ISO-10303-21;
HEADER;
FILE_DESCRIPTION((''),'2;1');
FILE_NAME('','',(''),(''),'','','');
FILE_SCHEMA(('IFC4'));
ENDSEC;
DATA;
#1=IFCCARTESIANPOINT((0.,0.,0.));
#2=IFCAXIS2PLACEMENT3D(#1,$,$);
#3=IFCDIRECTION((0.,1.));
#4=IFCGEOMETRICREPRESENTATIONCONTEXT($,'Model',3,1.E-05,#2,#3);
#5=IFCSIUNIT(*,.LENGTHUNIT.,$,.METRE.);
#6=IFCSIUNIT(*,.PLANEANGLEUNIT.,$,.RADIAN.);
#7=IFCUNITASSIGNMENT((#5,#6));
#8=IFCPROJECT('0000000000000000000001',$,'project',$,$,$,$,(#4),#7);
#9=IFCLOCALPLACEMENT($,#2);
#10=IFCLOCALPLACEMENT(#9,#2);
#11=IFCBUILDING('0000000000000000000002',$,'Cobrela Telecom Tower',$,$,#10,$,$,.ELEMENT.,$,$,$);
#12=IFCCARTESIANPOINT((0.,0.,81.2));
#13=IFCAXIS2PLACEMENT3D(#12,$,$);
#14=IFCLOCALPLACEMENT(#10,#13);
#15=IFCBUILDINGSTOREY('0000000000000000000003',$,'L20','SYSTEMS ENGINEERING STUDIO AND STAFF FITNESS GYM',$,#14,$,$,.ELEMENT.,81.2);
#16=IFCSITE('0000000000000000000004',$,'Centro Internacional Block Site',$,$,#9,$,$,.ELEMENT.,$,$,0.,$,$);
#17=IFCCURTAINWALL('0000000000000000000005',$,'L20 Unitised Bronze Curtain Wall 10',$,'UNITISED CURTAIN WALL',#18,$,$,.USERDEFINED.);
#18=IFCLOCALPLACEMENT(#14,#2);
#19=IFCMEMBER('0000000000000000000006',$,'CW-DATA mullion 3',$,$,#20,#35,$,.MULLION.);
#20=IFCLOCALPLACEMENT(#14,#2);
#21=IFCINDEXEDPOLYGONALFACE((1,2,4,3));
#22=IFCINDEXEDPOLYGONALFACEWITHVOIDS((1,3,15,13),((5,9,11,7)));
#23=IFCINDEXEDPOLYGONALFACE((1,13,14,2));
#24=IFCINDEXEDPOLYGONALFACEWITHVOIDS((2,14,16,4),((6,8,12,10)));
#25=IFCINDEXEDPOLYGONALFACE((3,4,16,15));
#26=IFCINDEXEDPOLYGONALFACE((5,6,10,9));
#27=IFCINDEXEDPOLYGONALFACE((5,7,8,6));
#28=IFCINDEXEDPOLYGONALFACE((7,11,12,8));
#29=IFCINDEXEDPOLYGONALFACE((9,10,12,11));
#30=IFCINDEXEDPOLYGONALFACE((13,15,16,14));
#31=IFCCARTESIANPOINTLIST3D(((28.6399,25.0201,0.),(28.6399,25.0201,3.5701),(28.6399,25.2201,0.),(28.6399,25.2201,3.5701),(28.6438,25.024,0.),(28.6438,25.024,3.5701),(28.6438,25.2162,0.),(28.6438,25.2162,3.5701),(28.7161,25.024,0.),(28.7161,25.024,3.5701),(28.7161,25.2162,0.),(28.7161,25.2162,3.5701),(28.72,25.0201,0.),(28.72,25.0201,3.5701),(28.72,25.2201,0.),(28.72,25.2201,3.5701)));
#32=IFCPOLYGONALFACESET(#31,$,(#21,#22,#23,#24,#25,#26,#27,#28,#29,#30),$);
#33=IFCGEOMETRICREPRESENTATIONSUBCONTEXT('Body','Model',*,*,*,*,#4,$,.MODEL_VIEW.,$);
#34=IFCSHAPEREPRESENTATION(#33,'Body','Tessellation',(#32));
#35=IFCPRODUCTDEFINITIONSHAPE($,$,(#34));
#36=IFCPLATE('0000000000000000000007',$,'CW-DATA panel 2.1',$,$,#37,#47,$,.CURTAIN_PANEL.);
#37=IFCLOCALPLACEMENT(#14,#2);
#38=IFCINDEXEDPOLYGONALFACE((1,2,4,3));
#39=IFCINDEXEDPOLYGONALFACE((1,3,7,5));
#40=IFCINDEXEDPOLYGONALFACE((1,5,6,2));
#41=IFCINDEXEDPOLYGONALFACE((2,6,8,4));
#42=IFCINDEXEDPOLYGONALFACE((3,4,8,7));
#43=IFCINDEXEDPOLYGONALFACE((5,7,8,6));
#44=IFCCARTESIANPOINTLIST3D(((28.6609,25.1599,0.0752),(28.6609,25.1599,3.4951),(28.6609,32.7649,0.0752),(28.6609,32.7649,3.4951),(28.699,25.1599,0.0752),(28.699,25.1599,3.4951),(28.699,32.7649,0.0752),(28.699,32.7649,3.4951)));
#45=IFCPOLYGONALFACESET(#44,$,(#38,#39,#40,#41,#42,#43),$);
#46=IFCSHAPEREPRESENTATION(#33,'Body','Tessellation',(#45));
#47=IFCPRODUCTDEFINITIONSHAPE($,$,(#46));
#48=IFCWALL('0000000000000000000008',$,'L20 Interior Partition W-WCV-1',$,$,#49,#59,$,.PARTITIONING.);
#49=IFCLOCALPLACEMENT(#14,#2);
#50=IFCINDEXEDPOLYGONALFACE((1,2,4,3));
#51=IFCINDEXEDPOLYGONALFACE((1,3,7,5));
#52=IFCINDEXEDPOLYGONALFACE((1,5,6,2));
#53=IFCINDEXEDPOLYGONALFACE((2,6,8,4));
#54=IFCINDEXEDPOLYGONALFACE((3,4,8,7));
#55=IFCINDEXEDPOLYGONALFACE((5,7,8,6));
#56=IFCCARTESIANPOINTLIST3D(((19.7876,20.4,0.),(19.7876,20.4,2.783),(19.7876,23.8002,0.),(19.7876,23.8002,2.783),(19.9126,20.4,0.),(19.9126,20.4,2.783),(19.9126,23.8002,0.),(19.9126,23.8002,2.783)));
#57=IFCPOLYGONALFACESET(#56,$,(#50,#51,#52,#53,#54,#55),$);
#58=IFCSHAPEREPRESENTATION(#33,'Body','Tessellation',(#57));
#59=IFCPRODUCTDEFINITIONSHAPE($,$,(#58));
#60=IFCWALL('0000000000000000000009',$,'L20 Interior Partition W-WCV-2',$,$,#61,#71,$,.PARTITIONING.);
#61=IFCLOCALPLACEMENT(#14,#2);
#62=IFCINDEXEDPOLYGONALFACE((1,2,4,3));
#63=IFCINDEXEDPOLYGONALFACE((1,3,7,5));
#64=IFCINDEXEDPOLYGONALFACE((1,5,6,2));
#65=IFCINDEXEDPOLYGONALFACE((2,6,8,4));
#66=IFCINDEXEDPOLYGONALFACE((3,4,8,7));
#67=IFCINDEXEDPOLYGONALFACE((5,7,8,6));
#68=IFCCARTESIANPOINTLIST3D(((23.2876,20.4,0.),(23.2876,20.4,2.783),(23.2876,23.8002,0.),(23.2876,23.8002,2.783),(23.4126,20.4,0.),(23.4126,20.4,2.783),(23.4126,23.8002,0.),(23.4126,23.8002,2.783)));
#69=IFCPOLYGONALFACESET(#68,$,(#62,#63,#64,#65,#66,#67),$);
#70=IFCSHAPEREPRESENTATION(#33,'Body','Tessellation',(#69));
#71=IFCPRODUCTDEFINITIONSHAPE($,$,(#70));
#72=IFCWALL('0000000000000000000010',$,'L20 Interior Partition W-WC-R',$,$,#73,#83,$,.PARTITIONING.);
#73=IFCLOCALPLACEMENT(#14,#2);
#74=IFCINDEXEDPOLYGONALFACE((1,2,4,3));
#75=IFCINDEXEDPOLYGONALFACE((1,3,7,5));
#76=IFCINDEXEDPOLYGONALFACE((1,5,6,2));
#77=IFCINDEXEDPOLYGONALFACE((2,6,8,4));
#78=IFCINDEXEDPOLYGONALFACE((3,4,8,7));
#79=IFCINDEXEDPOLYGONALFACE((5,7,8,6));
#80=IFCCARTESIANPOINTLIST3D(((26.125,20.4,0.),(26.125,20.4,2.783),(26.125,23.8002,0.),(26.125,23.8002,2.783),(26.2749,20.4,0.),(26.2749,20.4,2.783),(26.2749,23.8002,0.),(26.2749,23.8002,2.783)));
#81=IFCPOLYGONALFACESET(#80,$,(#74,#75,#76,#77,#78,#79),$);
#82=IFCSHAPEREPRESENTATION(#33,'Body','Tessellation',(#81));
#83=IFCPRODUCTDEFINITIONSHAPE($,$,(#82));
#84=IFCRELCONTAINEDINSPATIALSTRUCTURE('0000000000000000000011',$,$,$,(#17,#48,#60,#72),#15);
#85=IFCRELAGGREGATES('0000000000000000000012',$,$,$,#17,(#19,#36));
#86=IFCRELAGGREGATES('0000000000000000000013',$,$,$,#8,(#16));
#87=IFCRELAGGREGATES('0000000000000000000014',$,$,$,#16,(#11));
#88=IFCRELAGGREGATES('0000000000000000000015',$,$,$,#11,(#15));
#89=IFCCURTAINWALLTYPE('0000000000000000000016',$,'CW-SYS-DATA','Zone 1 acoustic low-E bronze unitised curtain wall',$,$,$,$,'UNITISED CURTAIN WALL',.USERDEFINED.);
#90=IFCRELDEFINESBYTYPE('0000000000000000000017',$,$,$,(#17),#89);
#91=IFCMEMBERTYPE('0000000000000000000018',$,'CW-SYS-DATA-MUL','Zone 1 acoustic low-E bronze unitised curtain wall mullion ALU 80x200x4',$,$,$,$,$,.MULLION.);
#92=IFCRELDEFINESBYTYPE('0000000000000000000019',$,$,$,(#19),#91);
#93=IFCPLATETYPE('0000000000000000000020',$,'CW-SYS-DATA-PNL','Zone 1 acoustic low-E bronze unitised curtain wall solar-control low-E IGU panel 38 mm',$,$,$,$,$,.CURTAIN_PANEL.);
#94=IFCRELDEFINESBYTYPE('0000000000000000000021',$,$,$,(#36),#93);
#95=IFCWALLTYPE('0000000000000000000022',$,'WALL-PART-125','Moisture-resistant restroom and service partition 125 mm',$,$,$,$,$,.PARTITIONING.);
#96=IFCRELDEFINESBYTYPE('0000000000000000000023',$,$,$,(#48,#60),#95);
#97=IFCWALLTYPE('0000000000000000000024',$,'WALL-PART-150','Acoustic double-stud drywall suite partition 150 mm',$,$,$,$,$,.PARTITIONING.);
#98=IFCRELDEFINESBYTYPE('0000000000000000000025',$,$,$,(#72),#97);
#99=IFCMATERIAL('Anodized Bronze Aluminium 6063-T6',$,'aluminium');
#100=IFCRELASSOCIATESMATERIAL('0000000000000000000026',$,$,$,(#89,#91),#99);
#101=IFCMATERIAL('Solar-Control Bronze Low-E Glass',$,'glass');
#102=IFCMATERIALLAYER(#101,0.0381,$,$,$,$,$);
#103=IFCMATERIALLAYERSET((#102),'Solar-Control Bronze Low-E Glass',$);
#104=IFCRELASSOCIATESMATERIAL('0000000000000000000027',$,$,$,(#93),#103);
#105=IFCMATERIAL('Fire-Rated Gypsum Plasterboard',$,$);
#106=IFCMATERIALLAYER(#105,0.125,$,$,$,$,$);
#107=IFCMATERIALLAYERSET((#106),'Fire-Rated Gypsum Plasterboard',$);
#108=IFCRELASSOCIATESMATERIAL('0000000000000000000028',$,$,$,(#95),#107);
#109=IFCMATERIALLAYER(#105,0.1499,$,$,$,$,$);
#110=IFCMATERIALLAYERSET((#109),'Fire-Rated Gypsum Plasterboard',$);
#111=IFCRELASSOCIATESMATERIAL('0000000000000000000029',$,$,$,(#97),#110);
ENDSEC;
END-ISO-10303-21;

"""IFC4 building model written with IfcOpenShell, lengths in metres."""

from ifc_helpers import new_model, si_unit, direction, frame, frame_2d, origin, origin_2d, place, context, subcontext, project, spatial, rectangle, hollow_rectangle, extrude, material, layer, layer_set, material_profile, profile_set, type_object, element, aggregate, save


model = new_model("IFC4")

# Units and contexts
model_context = context("Model", 3, precision=1e-05, world=origin(), true_north=direction((0.0, 1.0)))
body_context = subcontext(model_context, "Body", "Model", "MODEL_VIEW")
ifc_project = project(units=[si_unit("LENGTHUNIT", "METRE"), si_unit("PLANEANGLEUNIT", "RADIAN")], contexts=[model_context])

# Site, building, storey
site_placement = place(None, origin())
site = spatial("IfcSite", under=ifc_project, at=site_placement, Name="Centro Internacional Block Site", CompositionType="ELEMENT", RefElevation=0.0)
building_placement = place(site_placement, origin())
building = spatial("IfcBuilding", under=site, at=building_placement, Name="Cobrela Telecom Tower", CompositionType="ELEMENT")
storey_placement = place(building_placement, frame((0.0, 0.0, 81.2)))
storey = spatial("IfcBuildingStorey", under=building, at=storey_placement, Name="L20", Description="SYSTEMS ENGINEERING STUDIO AND STAFF FITNESS GYM", CompositionType="ELEMENT", Elevation=81.2)

# Curtain wall, member, plate
ifc_material_1 = material(Name="Anodized Bronze Aluminium 6063-T6", Category="aluminium")
curtain_wall_type = type_object("IfcCurtainWallType", Name="CW-SYS-DATA", Description="Zone 1 acoustic low-E bronze unitised curtain wall", ElementType="UNITISED CURTAIN WALL", PredefinedType="USERDEFINED", material=ifc_material_1)
curtain_wall_placement = place(storey_placement, origin())
curtain_wall = element("IfcCurtainWall", 1, at=curtain_wall_placement, inside=storey, type_object=curtain_wall_type, Name="L20 Unitised Bronze Curtain Wall 10", ObjectType="UNITISED CURTAIN WALL", PredefinedType="USERDEFINED")
ifc_material_profile_1 = material_profile(ifc_material_1, hollow_rectangle(XDim=0.0801, YDim=0.2, WallThickness=0.0039, at=origin_2d()), Name="ALU 80x200x4")
ifc_profile_set_1 = profile_set([ifc_material_profile_1], Name="Anodized Bronze Aluminium 6063-T6")
member_type = type_object("IfcMemberType", Name="CW-SYS-DATA-MUL", Description="Zone 1 acoustic low-E bronze unitised curtain wall mullion ALU 80x200x4", PredefinedType="MULLION", material=ifc_profile_set_1)
member_placement = place(storey_placement, frame((28.6799, 25.1201, 0.0), z_axis=(0.0, 0.0, 1.0), x_axis=(1.0, 0.0, 0.0)))
member = element("IfcMember", 2, at=member_placement, type_object=member_type, Name="CW-DATA mullion 3", PredefinedType="MULLION", context=body_context, shape_type="SweptSolid", body=[
    extrude(hollow_rectangle(XDim=0.0801, YDim=0.2, WallThickness=0.0039, at=origin_2d()), origin(), (0.0, 0.0, 1.0), 3.5701),
])
ifc_material_2 = material(Name="Solar-Control Bronze Low-E Glass", Category="glass")
ifc_layer_1 = layer(ifc_material_2, 0.0381)
ifc_layer_set_1 = layer_set([ifc_layer_1], Name="Solar-Control Bronze Low-E Glass")
plate_type = type_object("IfcPlateType", Name="CW-SYS-DATA-PNL", Description="Zone 1 acoustic low-E bronze unitised curtain wall solar-control low-E IGU panel 38 mm", PredefinedType="CURTAIN_PANEL", material=ifc_layer_set_1)
plate_placement = place(storey_placement, frame((28.6799, 28.9624, 0.0752), z_axis=(0.0, 0.0, 1.0), x_axis=(0.0, -1.0, 0.0)))
plate = element("IfcPlate", 3, at=plate_placement, type_object=plate_type, Name="CW-DATA panel 2.1", PredefinedType="CURTAIN_PANEL", context=body_context, shape_type="SweptSolid", body=[
    extrude(rectangle(XDim=7.605, YDim=0.0381, at=origin_2d()), origin(), (0.0, 0.0, 1.0), 3.4199),
])
aggregate(curtain_wall, [member, plate])

# Walls
ifc_material_3 = material(Name="Fire-Rated Gypsum Plasterboard")
ifc_layer_2 = layer(ifc_material_3, 0.125)
ifc_layer_set_2 = layer_set([ifc_layer_2], Name="Fire-Rated Gypsum Plasterboard")
wall_type_1 = type_object("IfcWallType", Name="WALL-PART-125", Description="Moisture-resistant restroom and service partition 125 mm", PredefinedType="PARTITIONING", material=ifc_layer_set_2)
for number, where, z_axis, x_axis, name in (
    (4, (19.8501, 20.3999, 0.0), (0.0, 0.0, 1.0), (0.0, 1.0, 0.0), "L20 Interior Partition W-WCV-1"),
    (5, (23.3501, 20.3999, 0.0), (0.0, 0.0, 1.0), (0.0, 1.0, 0.0), "L20 Interior Partition W-WCV-2"),
):
    element("IfcWall", number, at=place(storey_placement, frame(where, z_axis=z_axis, x_axis=x_axis)), inside=storey, type_object=wall_type_1, Name=name, PredefinedType="PARTITIONING", context=body_context, shape_type="SweptSolid", body=[
        extrude(rectangle(XDim=3.4001, YDim=0.125, at=frame_2d((1.7002, 0.0))), origin(), (0.0, 0.0, 1.0), 2.783),
    ])
ifc_layer_3 = layer(ifc_material_3, 0.1499)
ifc_layer_set_3 = layer_set([ifc_layer_3], Name="Fire-Rated Gypsum Plasterboard")
wall_type_2 = type_object("IfcWallType", Name="WALL-PART-150", Description="Acoustic double-stud drywall suite partition 150 mm", PredefinedType="PARTITIONING", material=ifc_layer_set_3)
wall_placement = place(storey_placement, frame((26.2, 20.3999, 0.0), z_axis=(0.0, 0.0, 1.0), x_axis=(0.0, 1.0, 0.0)))
element("IfcWall", 6, at=wall_placement, inside=storey, type_object=wall_type_2, Name="L20 Interior Partition W-WC-R", PredefinedType="PARTITIONING", context=body_context, shape_type="SweptSolid", body=[
    extrude(rectangle(XDim=3.4001, YDim=0.1499, at=frame_2d((1.7002, 0.0))), origin(), (0.0, 0.0, 1.0), 2.783),
])

save(model, "model.ifc")
